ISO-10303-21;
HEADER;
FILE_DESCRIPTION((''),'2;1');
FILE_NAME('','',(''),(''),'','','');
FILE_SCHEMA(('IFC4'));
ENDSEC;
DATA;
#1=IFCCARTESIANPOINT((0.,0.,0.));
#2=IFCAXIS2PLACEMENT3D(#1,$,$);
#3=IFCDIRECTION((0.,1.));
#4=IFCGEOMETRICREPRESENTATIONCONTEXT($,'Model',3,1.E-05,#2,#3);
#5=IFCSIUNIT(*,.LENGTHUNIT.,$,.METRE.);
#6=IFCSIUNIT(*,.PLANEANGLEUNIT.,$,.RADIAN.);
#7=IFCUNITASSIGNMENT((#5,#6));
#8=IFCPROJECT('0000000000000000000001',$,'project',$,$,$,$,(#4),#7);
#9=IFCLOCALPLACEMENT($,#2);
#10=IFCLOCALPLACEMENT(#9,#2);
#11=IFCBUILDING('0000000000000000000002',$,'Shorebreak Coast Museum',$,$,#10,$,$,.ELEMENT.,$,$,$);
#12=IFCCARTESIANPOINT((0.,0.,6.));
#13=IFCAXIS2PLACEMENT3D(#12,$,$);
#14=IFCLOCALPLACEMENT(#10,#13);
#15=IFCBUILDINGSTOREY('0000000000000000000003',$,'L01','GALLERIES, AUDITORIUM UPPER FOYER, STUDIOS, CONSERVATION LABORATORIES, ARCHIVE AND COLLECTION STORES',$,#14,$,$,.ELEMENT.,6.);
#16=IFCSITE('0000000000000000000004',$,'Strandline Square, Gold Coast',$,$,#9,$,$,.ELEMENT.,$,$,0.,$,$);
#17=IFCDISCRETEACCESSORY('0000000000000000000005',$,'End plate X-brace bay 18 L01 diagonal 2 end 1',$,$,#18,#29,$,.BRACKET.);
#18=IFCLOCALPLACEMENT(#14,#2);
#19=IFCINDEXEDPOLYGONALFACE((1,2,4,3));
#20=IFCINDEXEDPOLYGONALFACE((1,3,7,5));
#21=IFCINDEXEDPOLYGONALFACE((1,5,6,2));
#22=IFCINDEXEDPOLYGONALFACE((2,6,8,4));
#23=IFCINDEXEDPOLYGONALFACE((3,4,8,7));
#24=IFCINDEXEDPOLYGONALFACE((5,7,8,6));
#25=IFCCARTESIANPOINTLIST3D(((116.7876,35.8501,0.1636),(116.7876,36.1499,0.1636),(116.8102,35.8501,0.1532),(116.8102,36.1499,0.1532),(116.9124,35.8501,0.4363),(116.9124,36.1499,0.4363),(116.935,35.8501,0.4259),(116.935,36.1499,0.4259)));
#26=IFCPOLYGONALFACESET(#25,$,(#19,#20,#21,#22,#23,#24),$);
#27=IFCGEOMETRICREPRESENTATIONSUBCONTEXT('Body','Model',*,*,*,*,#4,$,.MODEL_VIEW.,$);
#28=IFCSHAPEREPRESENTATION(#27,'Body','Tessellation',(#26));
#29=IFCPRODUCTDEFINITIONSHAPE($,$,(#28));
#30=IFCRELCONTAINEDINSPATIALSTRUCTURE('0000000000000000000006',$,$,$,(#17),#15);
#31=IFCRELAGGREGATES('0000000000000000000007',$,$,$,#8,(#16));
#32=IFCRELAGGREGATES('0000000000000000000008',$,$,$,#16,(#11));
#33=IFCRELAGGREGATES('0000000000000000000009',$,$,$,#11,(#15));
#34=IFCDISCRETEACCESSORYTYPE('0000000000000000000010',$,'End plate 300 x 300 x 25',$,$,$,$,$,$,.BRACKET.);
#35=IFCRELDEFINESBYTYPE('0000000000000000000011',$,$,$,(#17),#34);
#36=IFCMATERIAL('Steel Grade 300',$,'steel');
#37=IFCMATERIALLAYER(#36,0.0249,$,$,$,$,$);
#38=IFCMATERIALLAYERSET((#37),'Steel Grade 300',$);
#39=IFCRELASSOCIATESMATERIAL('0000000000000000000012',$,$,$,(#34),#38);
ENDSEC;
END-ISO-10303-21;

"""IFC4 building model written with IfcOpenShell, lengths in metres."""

from ifc_helpers import new_model, si_unit, direction, frame, origin, place, context, subcontext, project, spatial, polyline, outline, extrude, material, layer, layer_set, type_object, element, save


model = new_model("IFC4")

# Units and contexts
model_context = context("Model", 3, precision=1e-05, world=origin(), true_north=direction((0.0, 1.0)))
body_context = subcontext(model_context, "Body", "Model", "MODEL_VIEW")
ifc_project = project(units=[si_unit("LENGTHUNIT", "METRE"), si_unit("PLANEANGLEUNIT", "RADIAN")], contexts=[model_context])

# Site, building, storey
site_placement = place(None, origin())
site = spatial("IfcSite", under=ifc_project, at=site_placement, Name="Strandline Square, Gold Coast", CompositionType="ELEMENT", RefElevation=0.0)
building_placement = place(site_placement, origin())
building = spatial("IfcBuilding", under=site, at=building_placement, Name="Shorebreak Coast Museum", CompositionType="ELEMENT")
storey_placement = place(building_placement, frame((0.0, 0.0, 6.0)))
storey = spatial("IfcBuildingStorey", under=building, at=storey_placement, Name="L01", Description="GALLERIES, AUDITORIUM UPPER FOYER, STUDIOS, CONSERVATION LABORATORIES, ARCHIVE AND COLLECTION STORES", CompositionType="ELEMENT", Elevation=6.0)

# Discrete accessory
ifc_material_1 = material(Name="Steel Grade 300", Category="steel")
ifc_layer_1 = layer(ifc_material_1, 0.0249)
ifc_layer_set_1 = layer_set([ifc_layer_1], Name="Steel Grade 300")
discrete_accessory_type = type_object("IfcDiscreteAccessoryType", Name="End plate 300 x 300 x 25", PredefinedType="BRACKET", material=ifc_layer_set_1)
discrete_accessory_placement = place(storey_placement, frame((116.7876, 36.1499, 0.1636), z_axis=(-0.90936, 0.0, 0.41601), x_axis=(0.0, -1.0, 0.0)))
element("IfcDiscreteAccessory", 1, at=discrete_accessory_placement, inside=storey, type_object=discrete_accessory_type, Name="End plate X-brace bay 18 L01 diagonal 2 end 1", PredefinedType="BRACKET", context=body_context, shape_type="SweptSolid", body=[
    extrude(outline(polyline([(0.0, 0.0), (0.2998, 0.0), (0.2998, 0.2999), (0.0, 0.2999), (0.0, 0.0)])), origin(), (0.0, 0.0, -1.0), 0.0249),
])

save(model, "model.ifc")
